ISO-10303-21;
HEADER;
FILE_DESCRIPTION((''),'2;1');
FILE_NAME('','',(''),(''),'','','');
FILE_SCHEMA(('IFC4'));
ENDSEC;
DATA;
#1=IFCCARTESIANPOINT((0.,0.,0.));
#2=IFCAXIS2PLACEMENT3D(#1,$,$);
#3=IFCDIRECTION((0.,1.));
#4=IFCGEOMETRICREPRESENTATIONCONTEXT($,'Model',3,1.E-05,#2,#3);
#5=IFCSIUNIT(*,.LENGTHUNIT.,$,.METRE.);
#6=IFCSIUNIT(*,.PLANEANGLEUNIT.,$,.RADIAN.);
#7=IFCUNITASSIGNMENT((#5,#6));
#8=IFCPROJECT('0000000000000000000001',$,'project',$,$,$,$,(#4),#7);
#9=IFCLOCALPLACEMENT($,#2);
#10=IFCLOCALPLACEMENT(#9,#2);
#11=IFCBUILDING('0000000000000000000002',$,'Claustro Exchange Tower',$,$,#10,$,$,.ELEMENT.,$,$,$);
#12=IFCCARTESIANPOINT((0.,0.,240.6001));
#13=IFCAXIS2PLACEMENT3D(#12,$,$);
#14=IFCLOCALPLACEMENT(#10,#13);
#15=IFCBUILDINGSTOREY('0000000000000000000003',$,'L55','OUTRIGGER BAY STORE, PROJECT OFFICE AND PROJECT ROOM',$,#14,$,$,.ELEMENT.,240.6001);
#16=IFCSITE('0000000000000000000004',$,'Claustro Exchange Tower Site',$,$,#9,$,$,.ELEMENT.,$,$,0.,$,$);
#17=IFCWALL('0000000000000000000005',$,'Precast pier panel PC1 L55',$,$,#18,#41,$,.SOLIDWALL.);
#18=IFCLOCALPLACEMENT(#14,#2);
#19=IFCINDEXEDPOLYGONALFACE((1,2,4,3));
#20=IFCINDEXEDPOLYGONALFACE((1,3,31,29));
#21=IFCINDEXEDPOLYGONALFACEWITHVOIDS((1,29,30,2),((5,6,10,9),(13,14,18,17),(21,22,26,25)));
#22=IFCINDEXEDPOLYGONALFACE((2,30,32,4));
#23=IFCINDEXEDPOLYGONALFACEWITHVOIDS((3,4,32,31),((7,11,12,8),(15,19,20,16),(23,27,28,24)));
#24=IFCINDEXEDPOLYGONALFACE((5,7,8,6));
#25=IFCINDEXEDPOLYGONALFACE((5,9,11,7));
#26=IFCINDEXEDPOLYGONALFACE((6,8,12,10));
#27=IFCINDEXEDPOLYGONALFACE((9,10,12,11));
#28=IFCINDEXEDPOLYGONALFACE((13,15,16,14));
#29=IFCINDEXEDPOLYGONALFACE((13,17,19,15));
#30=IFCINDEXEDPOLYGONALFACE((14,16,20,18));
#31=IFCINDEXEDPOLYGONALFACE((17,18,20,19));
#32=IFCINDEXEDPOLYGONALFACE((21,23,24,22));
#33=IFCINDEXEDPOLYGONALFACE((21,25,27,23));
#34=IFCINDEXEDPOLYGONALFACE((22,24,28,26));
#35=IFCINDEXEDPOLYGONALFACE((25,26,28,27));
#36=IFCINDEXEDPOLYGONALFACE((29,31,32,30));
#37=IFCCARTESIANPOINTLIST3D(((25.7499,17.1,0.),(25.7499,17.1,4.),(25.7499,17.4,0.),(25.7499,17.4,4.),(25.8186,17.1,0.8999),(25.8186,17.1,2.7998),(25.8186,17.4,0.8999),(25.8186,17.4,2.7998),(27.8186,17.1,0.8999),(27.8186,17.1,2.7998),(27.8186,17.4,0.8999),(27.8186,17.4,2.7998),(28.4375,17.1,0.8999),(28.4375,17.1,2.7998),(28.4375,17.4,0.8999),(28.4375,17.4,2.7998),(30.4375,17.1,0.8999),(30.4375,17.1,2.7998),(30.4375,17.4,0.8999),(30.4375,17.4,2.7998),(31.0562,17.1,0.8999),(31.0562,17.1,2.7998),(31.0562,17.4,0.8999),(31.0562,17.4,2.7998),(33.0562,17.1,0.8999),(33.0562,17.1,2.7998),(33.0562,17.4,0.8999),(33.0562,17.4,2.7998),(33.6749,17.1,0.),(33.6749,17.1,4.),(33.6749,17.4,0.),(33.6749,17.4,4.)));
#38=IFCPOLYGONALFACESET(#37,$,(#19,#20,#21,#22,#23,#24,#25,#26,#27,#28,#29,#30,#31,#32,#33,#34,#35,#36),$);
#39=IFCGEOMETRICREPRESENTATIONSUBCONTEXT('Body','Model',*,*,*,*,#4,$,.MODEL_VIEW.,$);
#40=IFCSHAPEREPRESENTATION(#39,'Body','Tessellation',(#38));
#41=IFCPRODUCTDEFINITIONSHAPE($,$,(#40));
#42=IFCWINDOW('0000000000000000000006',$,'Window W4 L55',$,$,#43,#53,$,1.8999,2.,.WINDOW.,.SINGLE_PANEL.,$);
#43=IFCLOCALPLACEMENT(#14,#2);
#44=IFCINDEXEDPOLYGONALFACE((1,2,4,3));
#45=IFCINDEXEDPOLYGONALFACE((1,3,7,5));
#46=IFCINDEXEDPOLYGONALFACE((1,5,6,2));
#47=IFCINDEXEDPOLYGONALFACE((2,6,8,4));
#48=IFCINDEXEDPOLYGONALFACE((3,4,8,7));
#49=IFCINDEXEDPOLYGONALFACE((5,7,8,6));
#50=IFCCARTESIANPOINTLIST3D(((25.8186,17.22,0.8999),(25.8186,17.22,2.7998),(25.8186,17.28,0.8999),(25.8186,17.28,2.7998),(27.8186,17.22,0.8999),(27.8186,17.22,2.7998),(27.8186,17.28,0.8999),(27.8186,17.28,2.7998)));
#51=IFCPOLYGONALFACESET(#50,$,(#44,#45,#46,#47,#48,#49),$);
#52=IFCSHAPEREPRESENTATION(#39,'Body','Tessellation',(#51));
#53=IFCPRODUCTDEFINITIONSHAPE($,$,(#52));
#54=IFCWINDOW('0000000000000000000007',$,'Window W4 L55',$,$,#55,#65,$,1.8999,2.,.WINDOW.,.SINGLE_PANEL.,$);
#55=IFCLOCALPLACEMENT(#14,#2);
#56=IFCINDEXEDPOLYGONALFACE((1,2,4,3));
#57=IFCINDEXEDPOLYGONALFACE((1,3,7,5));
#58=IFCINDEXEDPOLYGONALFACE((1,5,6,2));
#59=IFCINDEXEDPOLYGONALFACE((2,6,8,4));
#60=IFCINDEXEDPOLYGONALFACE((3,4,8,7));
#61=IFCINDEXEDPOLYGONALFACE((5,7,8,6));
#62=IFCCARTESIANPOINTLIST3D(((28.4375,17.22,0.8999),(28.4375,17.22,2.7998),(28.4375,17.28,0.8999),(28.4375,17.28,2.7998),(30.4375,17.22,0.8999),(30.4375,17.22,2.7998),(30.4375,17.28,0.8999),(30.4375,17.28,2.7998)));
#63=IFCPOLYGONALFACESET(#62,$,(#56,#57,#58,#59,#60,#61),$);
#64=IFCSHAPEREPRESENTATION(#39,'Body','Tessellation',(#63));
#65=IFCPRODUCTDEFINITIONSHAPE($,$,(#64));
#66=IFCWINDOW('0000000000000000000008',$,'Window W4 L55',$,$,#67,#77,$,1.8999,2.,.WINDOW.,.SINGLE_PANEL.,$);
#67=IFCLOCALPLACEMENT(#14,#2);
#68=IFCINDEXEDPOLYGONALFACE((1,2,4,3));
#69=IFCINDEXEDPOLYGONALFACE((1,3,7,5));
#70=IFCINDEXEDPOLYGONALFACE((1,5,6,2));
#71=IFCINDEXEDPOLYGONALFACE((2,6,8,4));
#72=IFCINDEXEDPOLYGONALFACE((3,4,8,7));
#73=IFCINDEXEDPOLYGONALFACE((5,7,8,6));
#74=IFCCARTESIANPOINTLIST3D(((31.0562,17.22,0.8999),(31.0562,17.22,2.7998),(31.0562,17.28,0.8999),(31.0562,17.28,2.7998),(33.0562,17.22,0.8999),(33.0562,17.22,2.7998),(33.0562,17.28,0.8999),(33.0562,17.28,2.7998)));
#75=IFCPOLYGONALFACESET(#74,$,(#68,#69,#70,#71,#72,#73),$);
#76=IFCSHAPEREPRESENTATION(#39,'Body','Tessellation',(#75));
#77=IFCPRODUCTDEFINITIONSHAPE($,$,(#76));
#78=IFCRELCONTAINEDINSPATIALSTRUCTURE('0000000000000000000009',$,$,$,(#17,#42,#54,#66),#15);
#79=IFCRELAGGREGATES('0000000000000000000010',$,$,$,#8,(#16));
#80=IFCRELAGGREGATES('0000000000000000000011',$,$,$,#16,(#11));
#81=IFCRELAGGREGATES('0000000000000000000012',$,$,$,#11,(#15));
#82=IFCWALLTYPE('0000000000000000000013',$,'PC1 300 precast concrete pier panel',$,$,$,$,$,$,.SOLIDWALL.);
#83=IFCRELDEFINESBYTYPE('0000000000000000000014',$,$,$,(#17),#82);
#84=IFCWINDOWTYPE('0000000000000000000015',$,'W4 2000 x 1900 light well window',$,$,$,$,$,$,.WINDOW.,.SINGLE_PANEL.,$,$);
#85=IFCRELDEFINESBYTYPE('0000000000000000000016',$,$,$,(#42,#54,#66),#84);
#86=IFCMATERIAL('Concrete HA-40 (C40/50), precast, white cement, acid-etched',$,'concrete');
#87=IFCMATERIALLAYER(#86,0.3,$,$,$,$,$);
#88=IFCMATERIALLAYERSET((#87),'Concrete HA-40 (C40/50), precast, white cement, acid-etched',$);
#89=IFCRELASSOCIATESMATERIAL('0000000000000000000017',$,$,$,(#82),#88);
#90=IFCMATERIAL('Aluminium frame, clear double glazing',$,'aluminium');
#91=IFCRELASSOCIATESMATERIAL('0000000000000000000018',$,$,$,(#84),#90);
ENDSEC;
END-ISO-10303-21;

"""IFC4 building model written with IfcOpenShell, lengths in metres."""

from ifc_helpers import new_model, si_unit, direction, frame, frame_2d, origin, place, context, subcontext, project, spatial, rectangle, extrude, material, layer, layer_set, type_object, element, fill, save


model = new_model("IFC4")

# Units and contexts
model_context = context("Model", 3, precision=1e-05, world=origin(), true_north=direction((0.0, 1.0)))
body_context = subcontext(model_context, "Body", "Model", "MODEL_VIEW")
ifc_project = project(units=[si_unit("LENGTHUNIT", "METRE"), si_unit("PLANEANGLEUNIT", "RADIAN")], contexts=[model_context])

# Site, building, storey
site_placement = place(None, origin())
site = spatial("IfcSite", under=ifc_project, at=site_placement, Name="Claustro Exchange Tower Site", CompositionType="ELEMENT", RefElevation=0.0)
building_placement = place(site_placement, origin())
building = spatial("IfcBuilding", under=site, at=building_placement, Name="Claustro Exchange Tower", CompositionType="ELEMENT")
storey_placement = place(building_placement, frame((0.0, 0.0, 240.6001)))
storey = spatial("IfcBuildingStorey", under=building, at=storey_placement, Name="L55", Description="OUTRIGGER BAY STORE, PROJECT OFFICE AND PROJECT ROOM", CompositionType="ELEMENT", Elevation=240.6001)

# Wall, openings, windows
ifc_material_1 = material(Name="Concrete HA-40 (C40/50), precast, white cement, acid-etched", Category="concrete")
ifc_layer_1 = layer(ifc_material_1, 0.3)
ifc_layer_set_1 = layer_set([ifc_layer_1], Name="Concrete HA-40 (C40/50), precast, white cement, acid-etched")
wall_type_1 = type_object("IfcWallType", Name="PC1 300 precast concrete pier panel", PredefinedType="SOLIDWALL", material=ifc_layer_set_1)
ifc_material_2 = material(Name="Aluminium frame, clear double glazing", Category="aluminium")
window_type = type_object("IfcWindowType", Name="W4 2000 x 1900 light well window", PartitioningType="SINGLE_PANEL", PredefinedType="WINDOW", material=ifc_material_2)
wall_1_placement = place(storey_placement, frame((25.75, 17.25, 0.0), z_axis=(0.0, 0.0, 1.0), x_axis=(1.0, 0.0, 0.0)))
wall_1 = element("IfcWall", 1, at=wall_1_placement, inside=storey, type_object=wall_type_1, Name="Precast pier panel PC1 L55", PredefinedType="SOLIDWALL", context=body_context, shape_type="SweptSolid", body=[
    extrude(rectangle(XDim=7.925, YDim=0.3, at=frame_2d((3.9624, 0.0))), origin(), (0.0, 0.0, 1.0), 4.0),
])
opening_1_placement = place(wall_1_placement, frame((0.0686, 0.0, 0.8999)))
opening_1 = element("IfcOpeningElement", 2, at=opening_1_placement, cuts=wall_1, PredefinedType="OPENING", context=body_context, shape_type="SweptSolid", body=[
    extrude(rectangle(XDim=2.0, YDim=1.8999, at=frame_2d((1.0, 0.95))), frame((0.0, 0.1599, 0.0), z_axis=(0.0, -1.0, 0.0), x_axis=(1.0, 0.0, 0.0)), (0.0, 0.0, 1.0), 0.3201),
])
opening_2_placement = place(wall_1_placement, frame((2.6875, 0.0, 0.8999)))
opening_2 = element("IfcOpeningElement", 3, at=opening_2_placement, cuts=wall_1, PredefinedType="OPENING", context=body_context, shape_type="SweptSolid", body=[
    extrude(rectangle(XDim=2.0, YDim=1.8999, at=frame_2d((1.0, 0.95))), frame((0.0, 0.1599, 0.0), z_axis=(0.0, -1.0, 0.0), x_axis=(1.0, 0.0, 0.0)), (0.0, 0.0, 1.0), 0.3201),
])
opening_3_placement = place(wall_1_placement, frame((5.3062, 0.0, 0.8999)))
opening_3 = element("IfcOpeningElement", 4, at=opening_3_placement, cuts=wall_1, PredefinedType="OPENING", context=body_context, shape_type="SweptSolid", body=[
    extrude(rectangle(XDim=2.0, YDim=1.8999, at=frame_2d((1.0, 0.95))), frame((0.0, 0.1599, 0.0), z_axis=(0.0, -1.0, 0.0), x_axis=(1.0, 0.0, 0.0)), (0.0, 0.0, 1.0), 0.3201),
])
window_1_placement = place(opening_1_placement, origin())
window_1 = element("IfcWindow", 5, at=window_1_placement, inside=storey, type_object=window_type, Name="Window W4 L55", OverallHeight=1.8999, OverallWidth=2.0, PartitioningType="SINGLE_PANEL", PredefinedType="WINDOW", context=body_context, shape_type="SweptSolid", body=[
    extrude(rectangle(XDim=2.0, YDim=1.8999, at=frame_2d((1.0, 0.95))), frame((0.0, 0.03, 0.0), z_axis=(0.0, -1.0, 0.0), x_axis=(1.0, 0.0, 0.0)), (0.0, 0.0, 1.0), 0.0601),
])
fill(opening_1, window_1)
window_2_placement = place(opening_2_placement, origin())
window_2 = element("IfcWindow", 6, at=window_2_placement, inside=storey, type_object=window_type, Name="Window W4 L55", OverallHeight=1.8999, OverallWidth=2.0, PartitioningType="SINGLE_PANEL", PredefinedType="WINDOW", context=body_context, shape_type="SweptSolid", body=[
    extrude(rectangle(XDim=2.0, YDim=1.8999, at=frame_2d((1.0, 0.95))), frame((0.0, 0.03, 0.0), z_axis=(0.0, -1.0, 0.0), x_axis=(1.0, 0.0, 0.0)), (0.0, 0.0, 1.0), 0.0601),
])
fill(opening_2, window_2)
window_3_placement = place(opening_3_placement, origin())
window_3 = element("IfcWindow", 7, at=window_3_placement, inside=storey, type_object=window_type, Name="Window W4 L55", OverallHeight=1.8999, OverallWidth=2.0, PartitioningType="SINGLE_PANEL", PredefinedType="WINDOW", context=body_context, shape_type="SweptSolid", body=[
    extrude(rectangle(XDim=2.0, YDim=1.8999, at=frame_2d((1.0, 0.95))), frame((0.0, 0.03, 0.0), z_axis=(0.0, -1.0, 0.0), x_axis=(1.0, 0.0, 0.0)), (0.0, 0.0, 1.0), 0.0601),
])
fill(opening_3, window_3)

save(model, "model.ifc")
